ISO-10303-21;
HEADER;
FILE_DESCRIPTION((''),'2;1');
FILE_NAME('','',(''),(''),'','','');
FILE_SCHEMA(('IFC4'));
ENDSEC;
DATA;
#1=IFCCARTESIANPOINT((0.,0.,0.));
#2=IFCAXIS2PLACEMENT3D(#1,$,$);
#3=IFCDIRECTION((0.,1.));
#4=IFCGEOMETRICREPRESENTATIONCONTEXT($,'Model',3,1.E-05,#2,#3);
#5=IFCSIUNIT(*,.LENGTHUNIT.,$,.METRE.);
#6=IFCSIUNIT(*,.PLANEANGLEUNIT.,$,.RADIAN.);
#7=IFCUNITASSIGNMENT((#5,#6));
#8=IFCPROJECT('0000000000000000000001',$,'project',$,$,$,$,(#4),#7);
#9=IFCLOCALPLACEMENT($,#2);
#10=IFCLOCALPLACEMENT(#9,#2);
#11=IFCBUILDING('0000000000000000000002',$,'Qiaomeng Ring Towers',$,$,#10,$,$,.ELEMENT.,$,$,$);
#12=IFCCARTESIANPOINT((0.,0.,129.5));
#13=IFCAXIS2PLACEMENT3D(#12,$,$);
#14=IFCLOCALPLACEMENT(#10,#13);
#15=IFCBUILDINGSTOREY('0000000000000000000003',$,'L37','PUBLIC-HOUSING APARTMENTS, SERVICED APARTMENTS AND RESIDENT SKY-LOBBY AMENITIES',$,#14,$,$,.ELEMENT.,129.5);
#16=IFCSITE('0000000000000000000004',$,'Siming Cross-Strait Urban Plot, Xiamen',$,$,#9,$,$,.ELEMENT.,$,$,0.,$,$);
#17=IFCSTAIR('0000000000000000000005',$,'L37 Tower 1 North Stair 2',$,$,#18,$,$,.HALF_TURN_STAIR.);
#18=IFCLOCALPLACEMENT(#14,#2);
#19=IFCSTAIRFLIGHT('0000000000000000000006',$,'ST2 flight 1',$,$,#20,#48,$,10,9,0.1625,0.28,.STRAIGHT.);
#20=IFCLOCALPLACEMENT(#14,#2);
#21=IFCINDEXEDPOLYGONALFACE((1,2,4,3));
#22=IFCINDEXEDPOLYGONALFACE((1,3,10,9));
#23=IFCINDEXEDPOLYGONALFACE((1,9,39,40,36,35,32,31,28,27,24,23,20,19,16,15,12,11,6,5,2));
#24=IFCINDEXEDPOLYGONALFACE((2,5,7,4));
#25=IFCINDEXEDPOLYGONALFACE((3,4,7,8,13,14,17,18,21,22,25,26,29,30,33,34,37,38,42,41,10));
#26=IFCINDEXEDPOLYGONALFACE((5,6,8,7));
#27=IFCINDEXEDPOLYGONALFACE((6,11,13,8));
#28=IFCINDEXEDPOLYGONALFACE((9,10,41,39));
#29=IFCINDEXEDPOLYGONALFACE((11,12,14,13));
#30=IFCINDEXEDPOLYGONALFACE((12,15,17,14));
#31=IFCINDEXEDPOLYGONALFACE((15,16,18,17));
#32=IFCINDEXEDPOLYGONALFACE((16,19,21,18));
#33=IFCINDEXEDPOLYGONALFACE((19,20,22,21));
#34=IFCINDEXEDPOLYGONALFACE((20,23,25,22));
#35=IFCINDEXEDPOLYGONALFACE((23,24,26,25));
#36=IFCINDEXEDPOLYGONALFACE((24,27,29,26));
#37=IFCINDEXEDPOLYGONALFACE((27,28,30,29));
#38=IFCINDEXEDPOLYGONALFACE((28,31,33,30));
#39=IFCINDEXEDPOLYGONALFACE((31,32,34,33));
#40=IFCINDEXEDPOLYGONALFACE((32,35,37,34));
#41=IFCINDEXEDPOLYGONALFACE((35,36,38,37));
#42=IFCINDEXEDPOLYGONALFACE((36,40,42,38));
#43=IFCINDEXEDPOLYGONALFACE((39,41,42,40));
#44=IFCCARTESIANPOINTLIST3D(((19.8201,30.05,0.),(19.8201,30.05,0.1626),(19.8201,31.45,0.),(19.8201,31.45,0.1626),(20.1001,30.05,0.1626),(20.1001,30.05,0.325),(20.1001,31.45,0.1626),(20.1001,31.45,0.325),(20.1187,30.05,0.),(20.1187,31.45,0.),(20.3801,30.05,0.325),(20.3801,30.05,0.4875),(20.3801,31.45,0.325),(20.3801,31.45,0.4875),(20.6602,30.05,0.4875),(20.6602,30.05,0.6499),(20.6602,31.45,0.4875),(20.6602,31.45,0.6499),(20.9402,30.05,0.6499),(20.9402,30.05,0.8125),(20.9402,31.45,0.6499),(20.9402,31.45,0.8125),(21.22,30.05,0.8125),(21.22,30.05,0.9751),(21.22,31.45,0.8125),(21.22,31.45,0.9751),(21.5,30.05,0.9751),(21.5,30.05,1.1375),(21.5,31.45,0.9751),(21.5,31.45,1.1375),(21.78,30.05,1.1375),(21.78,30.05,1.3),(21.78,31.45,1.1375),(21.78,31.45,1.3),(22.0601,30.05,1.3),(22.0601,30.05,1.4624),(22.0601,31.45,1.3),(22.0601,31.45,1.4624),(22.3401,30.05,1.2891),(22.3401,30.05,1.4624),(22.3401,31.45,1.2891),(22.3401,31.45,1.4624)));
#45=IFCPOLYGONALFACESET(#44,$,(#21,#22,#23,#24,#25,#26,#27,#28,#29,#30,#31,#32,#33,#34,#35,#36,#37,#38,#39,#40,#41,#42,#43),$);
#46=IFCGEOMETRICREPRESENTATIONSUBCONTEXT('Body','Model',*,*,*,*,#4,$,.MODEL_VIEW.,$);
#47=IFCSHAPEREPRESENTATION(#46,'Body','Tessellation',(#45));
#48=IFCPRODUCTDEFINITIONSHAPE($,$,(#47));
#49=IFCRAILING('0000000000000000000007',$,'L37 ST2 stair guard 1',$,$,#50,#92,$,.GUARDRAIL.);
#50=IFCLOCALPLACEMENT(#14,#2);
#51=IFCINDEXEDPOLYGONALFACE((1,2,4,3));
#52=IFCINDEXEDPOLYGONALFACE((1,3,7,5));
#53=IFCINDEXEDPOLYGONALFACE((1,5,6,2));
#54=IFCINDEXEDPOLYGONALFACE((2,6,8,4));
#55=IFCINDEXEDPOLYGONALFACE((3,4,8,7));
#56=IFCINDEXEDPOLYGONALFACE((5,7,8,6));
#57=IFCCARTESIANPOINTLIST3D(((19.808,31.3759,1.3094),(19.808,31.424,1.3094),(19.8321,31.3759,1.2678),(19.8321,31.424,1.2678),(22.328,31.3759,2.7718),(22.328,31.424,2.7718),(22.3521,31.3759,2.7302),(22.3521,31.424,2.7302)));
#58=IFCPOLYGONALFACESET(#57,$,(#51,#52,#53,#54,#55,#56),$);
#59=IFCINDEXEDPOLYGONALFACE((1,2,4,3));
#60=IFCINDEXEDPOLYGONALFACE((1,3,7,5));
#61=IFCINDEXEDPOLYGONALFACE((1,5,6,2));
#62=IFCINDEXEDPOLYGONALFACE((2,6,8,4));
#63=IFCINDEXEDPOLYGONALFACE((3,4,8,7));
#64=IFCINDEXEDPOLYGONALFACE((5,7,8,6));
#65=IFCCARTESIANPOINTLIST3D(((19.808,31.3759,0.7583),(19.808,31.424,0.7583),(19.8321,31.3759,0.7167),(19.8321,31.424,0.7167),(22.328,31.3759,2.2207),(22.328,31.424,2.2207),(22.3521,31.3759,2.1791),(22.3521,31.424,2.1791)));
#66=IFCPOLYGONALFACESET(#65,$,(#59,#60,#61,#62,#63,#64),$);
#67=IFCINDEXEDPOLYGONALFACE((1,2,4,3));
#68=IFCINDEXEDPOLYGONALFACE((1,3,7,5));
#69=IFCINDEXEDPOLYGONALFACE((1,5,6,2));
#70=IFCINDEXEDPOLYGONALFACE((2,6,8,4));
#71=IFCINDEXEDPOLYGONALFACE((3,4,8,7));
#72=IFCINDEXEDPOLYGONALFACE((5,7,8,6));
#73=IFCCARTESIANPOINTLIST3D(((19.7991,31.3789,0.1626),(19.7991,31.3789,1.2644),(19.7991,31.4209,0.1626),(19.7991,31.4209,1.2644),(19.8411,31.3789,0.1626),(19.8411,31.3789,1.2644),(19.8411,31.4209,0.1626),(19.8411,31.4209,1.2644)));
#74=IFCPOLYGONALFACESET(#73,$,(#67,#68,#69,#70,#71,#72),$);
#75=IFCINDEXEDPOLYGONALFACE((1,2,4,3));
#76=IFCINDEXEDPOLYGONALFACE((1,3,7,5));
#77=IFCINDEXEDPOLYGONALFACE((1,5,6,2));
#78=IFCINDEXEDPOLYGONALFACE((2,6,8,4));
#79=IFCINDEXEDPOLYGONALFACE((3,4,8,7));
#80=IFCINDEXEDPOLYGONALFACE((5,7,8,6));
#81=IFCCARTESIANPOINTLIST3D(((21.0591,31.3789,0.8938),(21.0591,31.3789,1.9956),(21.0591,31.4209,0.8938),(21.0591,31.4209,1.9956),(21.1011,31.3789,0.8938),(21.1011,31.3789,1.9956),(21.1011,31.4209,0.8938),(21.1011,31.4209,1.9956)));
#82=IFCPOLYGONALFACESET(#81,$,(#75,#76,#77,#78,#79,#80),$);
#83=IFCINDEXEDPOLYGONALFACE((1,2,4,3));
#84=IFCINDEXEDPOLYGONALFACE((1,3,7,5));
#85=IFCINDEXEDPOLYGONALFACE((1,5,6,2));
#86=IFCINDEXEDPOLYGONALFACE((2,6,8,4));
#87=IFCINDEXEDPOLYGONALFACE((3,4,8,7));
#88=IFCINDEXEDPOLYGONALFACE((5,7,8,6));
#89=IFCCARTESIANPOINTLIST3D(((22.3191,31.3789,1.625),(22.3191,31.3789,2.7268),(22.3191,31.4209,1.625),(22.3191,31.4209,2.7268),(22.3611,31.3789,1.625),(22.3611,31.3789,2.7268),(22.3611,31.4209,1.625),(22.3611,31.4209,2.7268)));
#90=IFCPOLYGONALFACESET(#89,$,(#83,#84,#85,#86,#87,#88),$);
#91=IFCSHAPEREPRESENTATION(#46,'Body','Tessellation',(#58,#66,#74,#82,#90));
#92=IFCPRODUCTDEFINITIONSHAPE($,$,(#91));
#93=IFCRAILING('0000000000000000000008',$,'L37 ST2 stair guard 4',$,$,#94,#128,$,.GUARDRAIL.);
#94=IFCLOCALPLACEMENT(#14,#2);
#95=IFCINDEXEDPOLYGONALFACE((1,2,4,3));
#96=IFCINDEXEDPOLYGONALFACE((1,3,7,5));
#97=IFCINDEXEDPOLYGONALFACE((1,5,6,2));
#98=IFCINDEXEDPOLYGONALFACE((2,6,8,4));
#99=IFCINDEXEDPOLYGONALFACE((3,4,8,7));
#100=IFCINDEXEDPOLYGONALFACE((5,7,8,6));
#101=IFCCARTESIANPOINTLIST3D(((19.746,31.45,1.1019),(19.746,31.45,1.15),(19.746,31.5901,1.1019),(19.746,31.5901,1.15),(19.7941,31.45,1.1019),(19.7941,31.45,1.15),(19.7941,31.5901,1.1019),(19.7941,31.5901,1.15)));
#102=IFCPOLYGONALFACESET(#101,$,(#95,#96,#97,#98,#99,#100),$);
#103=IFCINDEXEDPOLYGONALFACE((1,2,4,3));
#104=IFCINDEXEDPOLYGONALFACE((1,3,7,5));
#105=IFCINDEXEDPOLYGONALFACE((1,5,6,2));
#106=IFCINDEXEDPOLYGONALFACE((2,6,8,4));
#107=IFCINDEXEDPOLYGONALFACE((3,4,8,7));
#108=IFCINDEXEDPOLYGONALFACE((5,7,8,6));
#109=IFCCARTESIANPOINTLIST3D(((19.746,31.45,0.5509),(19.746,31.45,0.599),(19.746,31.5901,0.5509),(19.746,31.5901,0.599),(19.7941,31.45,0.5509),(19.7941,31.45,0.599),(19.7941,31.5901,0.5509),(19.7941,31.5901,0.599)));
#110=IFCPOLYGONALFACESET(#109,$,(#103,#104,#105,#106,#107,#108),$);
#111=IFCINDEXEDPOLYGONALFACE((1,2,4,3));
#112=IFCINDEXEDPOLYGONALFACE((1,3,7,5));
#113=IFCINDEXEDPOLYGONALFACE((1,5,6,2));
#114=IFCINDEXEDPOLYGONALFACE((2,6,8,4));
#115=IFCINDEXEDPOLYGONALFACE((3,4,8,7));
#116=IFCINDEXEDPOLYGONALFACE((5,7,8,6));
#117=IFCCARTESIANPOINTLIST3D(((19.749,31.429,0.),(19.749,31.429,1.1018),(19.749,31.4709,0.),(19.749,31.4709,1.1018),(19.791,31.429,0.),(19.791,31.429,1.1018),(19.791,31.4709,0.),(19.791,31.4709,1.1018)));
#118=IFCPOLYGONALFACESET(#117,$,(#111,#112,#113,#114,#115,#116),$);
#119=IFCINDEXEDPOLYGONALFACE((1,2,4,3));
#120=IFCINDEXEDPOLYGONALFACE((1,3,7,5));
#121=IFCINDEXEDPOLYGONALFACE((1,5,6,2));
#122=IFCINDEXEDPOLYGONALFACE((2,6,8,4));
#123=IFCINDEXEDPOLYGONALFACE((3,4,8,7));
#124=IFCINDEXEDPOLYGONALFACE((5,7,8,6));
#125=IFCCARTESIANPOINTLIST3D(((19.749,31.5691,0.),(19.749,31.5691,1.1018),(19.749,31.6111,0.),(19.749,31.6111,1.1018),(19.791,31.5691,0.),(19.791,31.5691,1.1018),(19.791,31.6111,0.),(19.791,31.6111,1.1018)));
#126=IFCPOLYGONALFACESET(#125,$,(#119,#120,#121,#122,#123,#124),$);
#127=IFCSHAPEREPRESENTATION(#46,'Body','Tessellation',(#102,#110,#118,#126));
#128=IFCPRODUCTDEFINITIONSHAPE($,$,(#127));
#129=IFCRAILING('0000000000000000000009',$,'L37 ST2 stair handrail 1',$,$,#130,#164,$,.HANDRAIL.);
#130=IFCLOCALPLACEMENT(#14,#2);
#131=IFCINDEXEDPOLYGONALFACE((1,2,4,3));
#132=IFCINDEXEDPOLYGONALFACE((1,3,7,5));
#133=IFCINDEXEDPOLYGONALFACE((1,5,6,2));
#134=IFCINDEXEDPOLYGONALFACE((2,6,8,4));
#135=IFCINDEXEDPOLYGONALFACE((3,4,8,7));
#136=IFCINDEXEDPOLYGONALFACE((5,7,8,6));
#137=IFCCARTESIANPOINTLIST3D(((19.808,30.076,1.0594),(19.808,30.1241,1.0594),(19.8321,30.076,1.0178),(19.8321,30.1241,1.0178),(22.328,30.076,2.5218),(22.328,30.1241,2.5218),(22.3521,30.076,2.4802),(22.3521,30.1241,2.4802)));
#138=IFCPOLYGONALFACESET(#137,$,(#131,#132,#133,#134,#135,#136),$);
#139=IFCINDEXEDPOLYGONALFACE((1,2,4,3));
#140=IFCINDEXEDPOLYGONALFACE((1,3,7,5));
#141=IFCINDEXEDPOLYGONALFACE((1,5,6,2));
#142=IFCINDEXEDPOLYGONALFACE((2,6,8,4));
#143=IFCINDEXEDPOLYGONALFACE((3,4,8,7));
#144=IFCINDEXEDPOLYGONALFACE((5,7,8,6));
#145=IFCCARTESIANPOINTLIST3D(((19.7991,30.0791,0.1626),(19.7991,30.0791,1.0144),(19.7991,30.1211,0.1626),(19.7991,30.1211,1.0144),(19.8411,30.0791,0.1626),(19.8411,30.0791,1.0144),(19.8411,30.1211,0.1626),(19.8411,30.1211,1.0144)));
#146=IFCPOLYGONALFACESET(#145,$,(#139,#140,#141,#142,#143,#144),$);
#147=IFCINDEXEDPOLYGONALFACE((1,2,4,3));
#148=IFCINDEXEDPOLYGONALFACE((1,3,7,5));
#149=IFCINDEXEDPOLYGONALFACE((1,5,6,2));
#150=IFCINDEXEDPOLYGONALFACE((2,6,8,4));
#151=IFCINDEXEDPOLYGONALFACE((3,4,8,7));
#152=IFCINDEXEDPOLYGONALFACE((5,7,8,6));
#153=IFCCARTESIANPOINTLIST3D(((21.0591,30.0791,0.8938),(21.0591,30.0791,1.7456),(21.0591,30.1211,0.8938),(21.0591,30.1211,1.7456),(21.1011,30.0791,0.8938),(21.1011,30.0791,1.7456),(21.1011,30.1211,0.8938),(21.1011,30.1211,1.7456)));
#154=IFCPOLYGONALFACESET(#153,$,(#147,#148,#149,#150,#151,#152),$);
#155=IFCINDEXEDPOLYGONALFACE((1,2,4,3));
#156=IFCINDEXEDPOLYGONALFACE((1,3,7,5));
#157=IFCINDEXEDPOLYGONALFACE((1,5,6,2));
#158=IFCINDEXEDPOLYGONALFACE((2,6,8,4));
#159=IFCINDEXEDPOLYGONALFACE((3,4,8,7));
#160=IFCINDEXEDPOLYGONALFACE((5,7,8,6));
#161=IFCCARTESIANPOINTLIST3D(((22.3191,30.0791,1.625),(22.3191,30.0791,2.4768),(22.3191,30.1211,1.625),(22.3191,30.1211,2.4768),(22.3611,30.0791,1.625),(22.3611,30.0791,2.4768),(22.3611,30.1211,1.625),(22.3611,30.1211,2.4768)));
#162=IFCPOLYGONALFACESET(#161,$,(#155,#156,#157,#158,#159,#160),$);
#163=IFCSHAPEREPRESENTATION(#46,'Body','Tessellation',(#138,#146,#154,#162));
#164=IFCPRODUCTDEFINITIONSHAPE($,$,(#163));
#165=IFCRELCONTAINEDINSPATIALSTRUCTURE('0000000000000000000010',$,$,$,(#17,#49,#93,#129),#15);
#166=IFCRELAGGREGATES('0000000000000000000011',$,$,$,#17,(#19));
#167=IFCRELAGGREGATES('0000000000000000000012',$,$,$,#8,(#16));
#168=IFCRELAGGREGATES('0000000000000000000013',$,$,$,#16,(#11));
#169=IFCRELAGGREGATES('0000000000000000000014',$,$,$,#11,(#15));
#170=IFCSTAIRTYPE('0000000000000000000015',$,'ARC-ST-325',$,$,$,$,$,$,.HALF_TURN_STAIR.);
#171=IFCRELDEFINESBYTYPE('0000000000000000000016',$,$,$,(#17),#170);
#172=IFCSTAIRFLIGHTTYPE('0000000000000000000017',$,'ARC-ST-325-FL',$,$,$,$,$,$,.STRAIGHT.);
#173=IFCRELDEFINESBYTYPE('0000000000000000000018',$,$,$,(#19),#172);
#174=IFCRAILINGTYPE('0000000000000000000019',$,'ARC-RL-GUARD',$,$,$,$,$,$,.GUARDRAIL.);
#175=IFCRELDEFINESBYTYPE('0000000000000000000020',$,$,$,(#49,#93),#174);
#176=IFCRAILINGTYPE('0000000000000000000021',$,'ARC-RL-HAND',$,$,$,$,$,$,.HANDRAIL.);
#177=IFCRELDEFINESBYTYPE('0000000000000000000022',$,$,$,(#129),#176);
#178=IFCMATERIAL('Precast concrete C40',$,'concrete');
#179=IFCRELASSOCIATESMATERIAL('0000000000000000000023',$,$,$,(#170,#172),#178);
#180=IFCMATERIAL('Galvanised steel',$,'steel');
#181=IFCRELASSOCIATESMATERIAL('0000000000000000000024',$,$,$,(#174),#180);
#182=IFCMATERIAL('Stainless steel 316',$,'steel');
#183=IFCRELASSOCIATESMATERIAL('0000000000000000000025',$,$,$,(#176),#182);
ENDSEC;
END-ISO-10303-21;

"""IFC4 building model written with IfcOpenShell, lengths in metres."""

from ifc_helpers import new_model, si_unit, direction, frame, origin, origin_2d, place, context, subcontext, project, spatial, polyline, rectangle, outline, extrude, source, transform, mapped, material, type_object, element, aggregate, save


model = new_model("IFC4")

# Units and contexts
model_context = context("Model", 3, precision=1e-05, world=origin(), true_north=direction((0.0, 1.0)))
body_context = subcontext(model_context, "Body", "Model", "MODEL_VIEW")
ifc_project = project(units=[si_unit("LENGTHUNIT", "METRE"), si_unit("PLANEANGLEUNIT", "RADIAN")], contexts=[model_context])

# Site, building, storey
site_placement = place(None, origin())
site = spatial("IfcSite", under=ifc_project, at=site_placement, Name="Siming Cross-Strait Urban Plot, Xiamen", CompositionType="ELEMENT", RefElevation=0.0)
building_placement = place(site_placement, origin())
building = spatial("IfcBuilding", under=site, at=building_placement, Name="Qiaomeng Ring Towers", CompositionType="ELEMENT")
storey_placement = place(building_placement, frame((0.0, 0.0, 129.5)))
storey = spatial("IfcBuildingStorey", under=building, at=storey_placement, Name="L37", Description="PUBLIC-HOUSING APARTMENTS, SERVICED APARTMENTS AND RESIDENT SKY-LOBBY AMENITIES", CompositionType="ELEMENT", Elevation=129.5)

# Stair, stair flight
ifc_material_1 = material(Name="Precast concrete C40", Category="concrete")
stair_type = type_object("IfcStairType", Name="ARC-ST-325", PredefinedType="HALF_TURN_STAIR", material=ifc_material_1)
stair_placement = place(storey_placement, origin())
stair = element("IfcStair", 1, at=stair_placement, inside=storey, type_object=stair_type, Name="L37 Tower 1 North Stair 2", PredefinedType="HALF_TURN_STAIR")
stair_flight_type = type_object("IfcStairFlightType", Name="ARC-ST-325-FL", PredefinedType="STRAIGHT", material=ifc_material_1)
shared_shape_1 = source(origin(), body_context, "Body", "SweptSolid", [
    extrude(outline(polyline([(0.0, 0.0), (0.0, 0.1626), (0.28, 0.1626), (0.28, 0.325), (0.5601, 0.325), (0.5601, 0.4875), (0.8401, 0.4875), (0.8401, 0.6499), (1.1201, 0.6499), (1.1201, 0.8125), (1.3999, 0.8125), (1.3999, 0.9751), (1.6799, 0.9751), (1.6799, 1.1375), (1.96, 1.1375), (1.96, 1.3), (2.24, 1.3), (2.24, 1.4624), (2.52, 1.4624), (2.52, 1.625), (2.52, 1.2891), (0.2986, 0.0), (0.0, 0.0)])), frame((0.0, 0.7, 0.0), z_axis=(0.0, -1.0, 0.0), x_axis=(1.0, 0.0, 0.0)), (0.0, 0.0, 1.0), 1.3999),
])
stair_flight_placement = place(storey_placement, frame((19.8201, 30.75, 0.0), z_axis=(0.0, 0.0, 1.0), x_axis=(1.0, 0.0, 0.0)))
stair_flight = element("IfcStairFlight", 2, at=stair_flight_placement, type_object=stair_flight_type, Name="ST2 flight 1", NumberOfRisers=10, NumberOfTreads=9, PredefinedType="STRAIGHT", RiserHeight=0.1625, TreadLength=0.28, context=body_context, shape_type="MappedRepresentation", body=[
    mapped(shared_shape_1, transform((0.0, 0.0, 0.0), x_axis=(1.0, 0.0, 0.0), y_axis=(0.0, 1.0, 0.0), z_axis=(0.0, 0.0, 1.0), scale=1.0)),
])
aggregate(stair, [stair_flight])

# Railings
ifc_material_2 = material(Name="Galvanised steel", Category="steel")
railing_type_1 = type_object("IfcRailingType", Name="ARC-RL-GUARD", PredefinedType="GUARDRAIL", material=ifc_material_2)
railing_1_placement = place(storey_placement, frame((19.8201, 31.3999, 0.1626)))
element("IfcRailing", 3, at=railing_1_placement, inside=storey, type_object=railing_type_1, Name="L37 ST2 stair guard 1", PredefinedType="GUARDRAIL", context=body_context, shape_type="SweptSolid", body=[
    extrude(rectangle(XDim=0.0481, YDim=0.0481, at=origin_2d()), frame((0.0, 0.0, 1.126), z_axis=(0.864913, 0.0, 0.501921), x_axis=(0.0, 1.0, 0.0)), (0.0, 0.0, 1.0), 2.9136),
    extrude(rectangle(XDim=0.0481, YDim=0.0481, at=origin_2d()), frame((0.0, 0.0, 0.575), z_axis=(0.864913, 0.0, 0.501921), x_axis=(0.0, 1.0, 0.0)), (0.0, 0.0, 1.0), 2.9136),
    extrude(rectangle(XDim=0.042, YDim=0.042, at=origin_2d()), origin(), (0.0, 0.0, 1.0), 1.1018),
    extrude(rectangle(XDim=0.042, YDim=0.042, at=origin_2d()), frame((1.26, 0.0, 0.7312)), (0.0, 0.0, 1.0), 1.1018),
    extrude(rectangle(XDim=0.042, YDim=0.042, at=origin_2d()), frame((2.52, 0.0, 1.4624)), (0.0, 0.0, 1.0), 1.1018),
])
railing_2_placement = place(storey_placement, frame((19.77, 31.45, 0.0)))
element("IfcRailing", 4, at=railing_2_placement, inside=storey, type_object=railing_type_1, Name="L37 ST2 stair guard 4", PredefinedType="GUARDRAIL", context=body_context, shape_type="SweptSolid", body=[
    extrude(rectangle(XDim=0.0481, YDim=0.0481, at=origin_2d()), frame((0.0, 0.0, 1.126), z_axis=(0.0, 1.0, 0.0), x_axis=(-1.0, 0.0, 0.0)), (0.0, 0.0, 1.0), 0.1401),
    extrude(rectangle(XDim=0.0481, YDim=0.0481, at=origin_2d()), frame((0.0, 0.0, 0.575), z_axis=(0.0, 1.0, 0.0), x_axis=(-1.0, 0.0, 0.0)), (0.0, 0.0, 1.0), 0.1401),
    extrude(rectangle(XDim=0.042, YDim=0.042, at=origin_2d()), origin(), (0.0, 0.0, 1.0), 1.1018),
    extrude(rectangle(XDim=0.042, YDim=0.042, at=origin_2d()), frame((0.0, 0.1401, 0.0)), (0.0, 0.0, 1.0), 1.1018),
])
ifc_material_3 = material(Name="Stainless steel 316", Category="steel")
railing_type_2 = type_object("IfcRailingType", Name="ARC-RL-HAND", PredefinedType="HANDRAIL", material=ifc_material_3)
railing_3_placement = place(storey_placement, frame((19.8201, 30.1001, 0.1626)))
element("IfcRailing", 5, at=railing_3_placement, inside=storey, type_object=railing_type_2, Name="L37 ST2 stair handrail 1", PredefinedType="HANDRAIL", context=body_context, shape_type="SweptSolid", body=[
    extrude(rectangle(XDim=0.0481, YDim=0.0481, at=origin_2d()), frame((0.0, 0.0, 0.876), z_axis=(0.864913, 0.0, 0.501921), x_axis=(0.0, 1.0, 0.0)), (0.0, 0.0, 1.0), 2.9136),
    extrude(rectangle(XDim=0.042, YDim=0.042, at=origin_2d()), origin(), (0.0, 0.0, 1.0), 0.8518),
    extrude(rectangle(XDim=0.042, YDim=0.042, at=origin_2d()), frame((1.26, 0.0, 0.7312)), (0.0, 0.0, 1.0), 0.8518),
    extrude(rectangle(XDim=0.042, YDim=0.042, at=origin_2d()), frame((2.52, 0.0, 1.4624)), (0.0, 0.0, 1.0), 0.8518),
])

save(model, "model.ifc")
